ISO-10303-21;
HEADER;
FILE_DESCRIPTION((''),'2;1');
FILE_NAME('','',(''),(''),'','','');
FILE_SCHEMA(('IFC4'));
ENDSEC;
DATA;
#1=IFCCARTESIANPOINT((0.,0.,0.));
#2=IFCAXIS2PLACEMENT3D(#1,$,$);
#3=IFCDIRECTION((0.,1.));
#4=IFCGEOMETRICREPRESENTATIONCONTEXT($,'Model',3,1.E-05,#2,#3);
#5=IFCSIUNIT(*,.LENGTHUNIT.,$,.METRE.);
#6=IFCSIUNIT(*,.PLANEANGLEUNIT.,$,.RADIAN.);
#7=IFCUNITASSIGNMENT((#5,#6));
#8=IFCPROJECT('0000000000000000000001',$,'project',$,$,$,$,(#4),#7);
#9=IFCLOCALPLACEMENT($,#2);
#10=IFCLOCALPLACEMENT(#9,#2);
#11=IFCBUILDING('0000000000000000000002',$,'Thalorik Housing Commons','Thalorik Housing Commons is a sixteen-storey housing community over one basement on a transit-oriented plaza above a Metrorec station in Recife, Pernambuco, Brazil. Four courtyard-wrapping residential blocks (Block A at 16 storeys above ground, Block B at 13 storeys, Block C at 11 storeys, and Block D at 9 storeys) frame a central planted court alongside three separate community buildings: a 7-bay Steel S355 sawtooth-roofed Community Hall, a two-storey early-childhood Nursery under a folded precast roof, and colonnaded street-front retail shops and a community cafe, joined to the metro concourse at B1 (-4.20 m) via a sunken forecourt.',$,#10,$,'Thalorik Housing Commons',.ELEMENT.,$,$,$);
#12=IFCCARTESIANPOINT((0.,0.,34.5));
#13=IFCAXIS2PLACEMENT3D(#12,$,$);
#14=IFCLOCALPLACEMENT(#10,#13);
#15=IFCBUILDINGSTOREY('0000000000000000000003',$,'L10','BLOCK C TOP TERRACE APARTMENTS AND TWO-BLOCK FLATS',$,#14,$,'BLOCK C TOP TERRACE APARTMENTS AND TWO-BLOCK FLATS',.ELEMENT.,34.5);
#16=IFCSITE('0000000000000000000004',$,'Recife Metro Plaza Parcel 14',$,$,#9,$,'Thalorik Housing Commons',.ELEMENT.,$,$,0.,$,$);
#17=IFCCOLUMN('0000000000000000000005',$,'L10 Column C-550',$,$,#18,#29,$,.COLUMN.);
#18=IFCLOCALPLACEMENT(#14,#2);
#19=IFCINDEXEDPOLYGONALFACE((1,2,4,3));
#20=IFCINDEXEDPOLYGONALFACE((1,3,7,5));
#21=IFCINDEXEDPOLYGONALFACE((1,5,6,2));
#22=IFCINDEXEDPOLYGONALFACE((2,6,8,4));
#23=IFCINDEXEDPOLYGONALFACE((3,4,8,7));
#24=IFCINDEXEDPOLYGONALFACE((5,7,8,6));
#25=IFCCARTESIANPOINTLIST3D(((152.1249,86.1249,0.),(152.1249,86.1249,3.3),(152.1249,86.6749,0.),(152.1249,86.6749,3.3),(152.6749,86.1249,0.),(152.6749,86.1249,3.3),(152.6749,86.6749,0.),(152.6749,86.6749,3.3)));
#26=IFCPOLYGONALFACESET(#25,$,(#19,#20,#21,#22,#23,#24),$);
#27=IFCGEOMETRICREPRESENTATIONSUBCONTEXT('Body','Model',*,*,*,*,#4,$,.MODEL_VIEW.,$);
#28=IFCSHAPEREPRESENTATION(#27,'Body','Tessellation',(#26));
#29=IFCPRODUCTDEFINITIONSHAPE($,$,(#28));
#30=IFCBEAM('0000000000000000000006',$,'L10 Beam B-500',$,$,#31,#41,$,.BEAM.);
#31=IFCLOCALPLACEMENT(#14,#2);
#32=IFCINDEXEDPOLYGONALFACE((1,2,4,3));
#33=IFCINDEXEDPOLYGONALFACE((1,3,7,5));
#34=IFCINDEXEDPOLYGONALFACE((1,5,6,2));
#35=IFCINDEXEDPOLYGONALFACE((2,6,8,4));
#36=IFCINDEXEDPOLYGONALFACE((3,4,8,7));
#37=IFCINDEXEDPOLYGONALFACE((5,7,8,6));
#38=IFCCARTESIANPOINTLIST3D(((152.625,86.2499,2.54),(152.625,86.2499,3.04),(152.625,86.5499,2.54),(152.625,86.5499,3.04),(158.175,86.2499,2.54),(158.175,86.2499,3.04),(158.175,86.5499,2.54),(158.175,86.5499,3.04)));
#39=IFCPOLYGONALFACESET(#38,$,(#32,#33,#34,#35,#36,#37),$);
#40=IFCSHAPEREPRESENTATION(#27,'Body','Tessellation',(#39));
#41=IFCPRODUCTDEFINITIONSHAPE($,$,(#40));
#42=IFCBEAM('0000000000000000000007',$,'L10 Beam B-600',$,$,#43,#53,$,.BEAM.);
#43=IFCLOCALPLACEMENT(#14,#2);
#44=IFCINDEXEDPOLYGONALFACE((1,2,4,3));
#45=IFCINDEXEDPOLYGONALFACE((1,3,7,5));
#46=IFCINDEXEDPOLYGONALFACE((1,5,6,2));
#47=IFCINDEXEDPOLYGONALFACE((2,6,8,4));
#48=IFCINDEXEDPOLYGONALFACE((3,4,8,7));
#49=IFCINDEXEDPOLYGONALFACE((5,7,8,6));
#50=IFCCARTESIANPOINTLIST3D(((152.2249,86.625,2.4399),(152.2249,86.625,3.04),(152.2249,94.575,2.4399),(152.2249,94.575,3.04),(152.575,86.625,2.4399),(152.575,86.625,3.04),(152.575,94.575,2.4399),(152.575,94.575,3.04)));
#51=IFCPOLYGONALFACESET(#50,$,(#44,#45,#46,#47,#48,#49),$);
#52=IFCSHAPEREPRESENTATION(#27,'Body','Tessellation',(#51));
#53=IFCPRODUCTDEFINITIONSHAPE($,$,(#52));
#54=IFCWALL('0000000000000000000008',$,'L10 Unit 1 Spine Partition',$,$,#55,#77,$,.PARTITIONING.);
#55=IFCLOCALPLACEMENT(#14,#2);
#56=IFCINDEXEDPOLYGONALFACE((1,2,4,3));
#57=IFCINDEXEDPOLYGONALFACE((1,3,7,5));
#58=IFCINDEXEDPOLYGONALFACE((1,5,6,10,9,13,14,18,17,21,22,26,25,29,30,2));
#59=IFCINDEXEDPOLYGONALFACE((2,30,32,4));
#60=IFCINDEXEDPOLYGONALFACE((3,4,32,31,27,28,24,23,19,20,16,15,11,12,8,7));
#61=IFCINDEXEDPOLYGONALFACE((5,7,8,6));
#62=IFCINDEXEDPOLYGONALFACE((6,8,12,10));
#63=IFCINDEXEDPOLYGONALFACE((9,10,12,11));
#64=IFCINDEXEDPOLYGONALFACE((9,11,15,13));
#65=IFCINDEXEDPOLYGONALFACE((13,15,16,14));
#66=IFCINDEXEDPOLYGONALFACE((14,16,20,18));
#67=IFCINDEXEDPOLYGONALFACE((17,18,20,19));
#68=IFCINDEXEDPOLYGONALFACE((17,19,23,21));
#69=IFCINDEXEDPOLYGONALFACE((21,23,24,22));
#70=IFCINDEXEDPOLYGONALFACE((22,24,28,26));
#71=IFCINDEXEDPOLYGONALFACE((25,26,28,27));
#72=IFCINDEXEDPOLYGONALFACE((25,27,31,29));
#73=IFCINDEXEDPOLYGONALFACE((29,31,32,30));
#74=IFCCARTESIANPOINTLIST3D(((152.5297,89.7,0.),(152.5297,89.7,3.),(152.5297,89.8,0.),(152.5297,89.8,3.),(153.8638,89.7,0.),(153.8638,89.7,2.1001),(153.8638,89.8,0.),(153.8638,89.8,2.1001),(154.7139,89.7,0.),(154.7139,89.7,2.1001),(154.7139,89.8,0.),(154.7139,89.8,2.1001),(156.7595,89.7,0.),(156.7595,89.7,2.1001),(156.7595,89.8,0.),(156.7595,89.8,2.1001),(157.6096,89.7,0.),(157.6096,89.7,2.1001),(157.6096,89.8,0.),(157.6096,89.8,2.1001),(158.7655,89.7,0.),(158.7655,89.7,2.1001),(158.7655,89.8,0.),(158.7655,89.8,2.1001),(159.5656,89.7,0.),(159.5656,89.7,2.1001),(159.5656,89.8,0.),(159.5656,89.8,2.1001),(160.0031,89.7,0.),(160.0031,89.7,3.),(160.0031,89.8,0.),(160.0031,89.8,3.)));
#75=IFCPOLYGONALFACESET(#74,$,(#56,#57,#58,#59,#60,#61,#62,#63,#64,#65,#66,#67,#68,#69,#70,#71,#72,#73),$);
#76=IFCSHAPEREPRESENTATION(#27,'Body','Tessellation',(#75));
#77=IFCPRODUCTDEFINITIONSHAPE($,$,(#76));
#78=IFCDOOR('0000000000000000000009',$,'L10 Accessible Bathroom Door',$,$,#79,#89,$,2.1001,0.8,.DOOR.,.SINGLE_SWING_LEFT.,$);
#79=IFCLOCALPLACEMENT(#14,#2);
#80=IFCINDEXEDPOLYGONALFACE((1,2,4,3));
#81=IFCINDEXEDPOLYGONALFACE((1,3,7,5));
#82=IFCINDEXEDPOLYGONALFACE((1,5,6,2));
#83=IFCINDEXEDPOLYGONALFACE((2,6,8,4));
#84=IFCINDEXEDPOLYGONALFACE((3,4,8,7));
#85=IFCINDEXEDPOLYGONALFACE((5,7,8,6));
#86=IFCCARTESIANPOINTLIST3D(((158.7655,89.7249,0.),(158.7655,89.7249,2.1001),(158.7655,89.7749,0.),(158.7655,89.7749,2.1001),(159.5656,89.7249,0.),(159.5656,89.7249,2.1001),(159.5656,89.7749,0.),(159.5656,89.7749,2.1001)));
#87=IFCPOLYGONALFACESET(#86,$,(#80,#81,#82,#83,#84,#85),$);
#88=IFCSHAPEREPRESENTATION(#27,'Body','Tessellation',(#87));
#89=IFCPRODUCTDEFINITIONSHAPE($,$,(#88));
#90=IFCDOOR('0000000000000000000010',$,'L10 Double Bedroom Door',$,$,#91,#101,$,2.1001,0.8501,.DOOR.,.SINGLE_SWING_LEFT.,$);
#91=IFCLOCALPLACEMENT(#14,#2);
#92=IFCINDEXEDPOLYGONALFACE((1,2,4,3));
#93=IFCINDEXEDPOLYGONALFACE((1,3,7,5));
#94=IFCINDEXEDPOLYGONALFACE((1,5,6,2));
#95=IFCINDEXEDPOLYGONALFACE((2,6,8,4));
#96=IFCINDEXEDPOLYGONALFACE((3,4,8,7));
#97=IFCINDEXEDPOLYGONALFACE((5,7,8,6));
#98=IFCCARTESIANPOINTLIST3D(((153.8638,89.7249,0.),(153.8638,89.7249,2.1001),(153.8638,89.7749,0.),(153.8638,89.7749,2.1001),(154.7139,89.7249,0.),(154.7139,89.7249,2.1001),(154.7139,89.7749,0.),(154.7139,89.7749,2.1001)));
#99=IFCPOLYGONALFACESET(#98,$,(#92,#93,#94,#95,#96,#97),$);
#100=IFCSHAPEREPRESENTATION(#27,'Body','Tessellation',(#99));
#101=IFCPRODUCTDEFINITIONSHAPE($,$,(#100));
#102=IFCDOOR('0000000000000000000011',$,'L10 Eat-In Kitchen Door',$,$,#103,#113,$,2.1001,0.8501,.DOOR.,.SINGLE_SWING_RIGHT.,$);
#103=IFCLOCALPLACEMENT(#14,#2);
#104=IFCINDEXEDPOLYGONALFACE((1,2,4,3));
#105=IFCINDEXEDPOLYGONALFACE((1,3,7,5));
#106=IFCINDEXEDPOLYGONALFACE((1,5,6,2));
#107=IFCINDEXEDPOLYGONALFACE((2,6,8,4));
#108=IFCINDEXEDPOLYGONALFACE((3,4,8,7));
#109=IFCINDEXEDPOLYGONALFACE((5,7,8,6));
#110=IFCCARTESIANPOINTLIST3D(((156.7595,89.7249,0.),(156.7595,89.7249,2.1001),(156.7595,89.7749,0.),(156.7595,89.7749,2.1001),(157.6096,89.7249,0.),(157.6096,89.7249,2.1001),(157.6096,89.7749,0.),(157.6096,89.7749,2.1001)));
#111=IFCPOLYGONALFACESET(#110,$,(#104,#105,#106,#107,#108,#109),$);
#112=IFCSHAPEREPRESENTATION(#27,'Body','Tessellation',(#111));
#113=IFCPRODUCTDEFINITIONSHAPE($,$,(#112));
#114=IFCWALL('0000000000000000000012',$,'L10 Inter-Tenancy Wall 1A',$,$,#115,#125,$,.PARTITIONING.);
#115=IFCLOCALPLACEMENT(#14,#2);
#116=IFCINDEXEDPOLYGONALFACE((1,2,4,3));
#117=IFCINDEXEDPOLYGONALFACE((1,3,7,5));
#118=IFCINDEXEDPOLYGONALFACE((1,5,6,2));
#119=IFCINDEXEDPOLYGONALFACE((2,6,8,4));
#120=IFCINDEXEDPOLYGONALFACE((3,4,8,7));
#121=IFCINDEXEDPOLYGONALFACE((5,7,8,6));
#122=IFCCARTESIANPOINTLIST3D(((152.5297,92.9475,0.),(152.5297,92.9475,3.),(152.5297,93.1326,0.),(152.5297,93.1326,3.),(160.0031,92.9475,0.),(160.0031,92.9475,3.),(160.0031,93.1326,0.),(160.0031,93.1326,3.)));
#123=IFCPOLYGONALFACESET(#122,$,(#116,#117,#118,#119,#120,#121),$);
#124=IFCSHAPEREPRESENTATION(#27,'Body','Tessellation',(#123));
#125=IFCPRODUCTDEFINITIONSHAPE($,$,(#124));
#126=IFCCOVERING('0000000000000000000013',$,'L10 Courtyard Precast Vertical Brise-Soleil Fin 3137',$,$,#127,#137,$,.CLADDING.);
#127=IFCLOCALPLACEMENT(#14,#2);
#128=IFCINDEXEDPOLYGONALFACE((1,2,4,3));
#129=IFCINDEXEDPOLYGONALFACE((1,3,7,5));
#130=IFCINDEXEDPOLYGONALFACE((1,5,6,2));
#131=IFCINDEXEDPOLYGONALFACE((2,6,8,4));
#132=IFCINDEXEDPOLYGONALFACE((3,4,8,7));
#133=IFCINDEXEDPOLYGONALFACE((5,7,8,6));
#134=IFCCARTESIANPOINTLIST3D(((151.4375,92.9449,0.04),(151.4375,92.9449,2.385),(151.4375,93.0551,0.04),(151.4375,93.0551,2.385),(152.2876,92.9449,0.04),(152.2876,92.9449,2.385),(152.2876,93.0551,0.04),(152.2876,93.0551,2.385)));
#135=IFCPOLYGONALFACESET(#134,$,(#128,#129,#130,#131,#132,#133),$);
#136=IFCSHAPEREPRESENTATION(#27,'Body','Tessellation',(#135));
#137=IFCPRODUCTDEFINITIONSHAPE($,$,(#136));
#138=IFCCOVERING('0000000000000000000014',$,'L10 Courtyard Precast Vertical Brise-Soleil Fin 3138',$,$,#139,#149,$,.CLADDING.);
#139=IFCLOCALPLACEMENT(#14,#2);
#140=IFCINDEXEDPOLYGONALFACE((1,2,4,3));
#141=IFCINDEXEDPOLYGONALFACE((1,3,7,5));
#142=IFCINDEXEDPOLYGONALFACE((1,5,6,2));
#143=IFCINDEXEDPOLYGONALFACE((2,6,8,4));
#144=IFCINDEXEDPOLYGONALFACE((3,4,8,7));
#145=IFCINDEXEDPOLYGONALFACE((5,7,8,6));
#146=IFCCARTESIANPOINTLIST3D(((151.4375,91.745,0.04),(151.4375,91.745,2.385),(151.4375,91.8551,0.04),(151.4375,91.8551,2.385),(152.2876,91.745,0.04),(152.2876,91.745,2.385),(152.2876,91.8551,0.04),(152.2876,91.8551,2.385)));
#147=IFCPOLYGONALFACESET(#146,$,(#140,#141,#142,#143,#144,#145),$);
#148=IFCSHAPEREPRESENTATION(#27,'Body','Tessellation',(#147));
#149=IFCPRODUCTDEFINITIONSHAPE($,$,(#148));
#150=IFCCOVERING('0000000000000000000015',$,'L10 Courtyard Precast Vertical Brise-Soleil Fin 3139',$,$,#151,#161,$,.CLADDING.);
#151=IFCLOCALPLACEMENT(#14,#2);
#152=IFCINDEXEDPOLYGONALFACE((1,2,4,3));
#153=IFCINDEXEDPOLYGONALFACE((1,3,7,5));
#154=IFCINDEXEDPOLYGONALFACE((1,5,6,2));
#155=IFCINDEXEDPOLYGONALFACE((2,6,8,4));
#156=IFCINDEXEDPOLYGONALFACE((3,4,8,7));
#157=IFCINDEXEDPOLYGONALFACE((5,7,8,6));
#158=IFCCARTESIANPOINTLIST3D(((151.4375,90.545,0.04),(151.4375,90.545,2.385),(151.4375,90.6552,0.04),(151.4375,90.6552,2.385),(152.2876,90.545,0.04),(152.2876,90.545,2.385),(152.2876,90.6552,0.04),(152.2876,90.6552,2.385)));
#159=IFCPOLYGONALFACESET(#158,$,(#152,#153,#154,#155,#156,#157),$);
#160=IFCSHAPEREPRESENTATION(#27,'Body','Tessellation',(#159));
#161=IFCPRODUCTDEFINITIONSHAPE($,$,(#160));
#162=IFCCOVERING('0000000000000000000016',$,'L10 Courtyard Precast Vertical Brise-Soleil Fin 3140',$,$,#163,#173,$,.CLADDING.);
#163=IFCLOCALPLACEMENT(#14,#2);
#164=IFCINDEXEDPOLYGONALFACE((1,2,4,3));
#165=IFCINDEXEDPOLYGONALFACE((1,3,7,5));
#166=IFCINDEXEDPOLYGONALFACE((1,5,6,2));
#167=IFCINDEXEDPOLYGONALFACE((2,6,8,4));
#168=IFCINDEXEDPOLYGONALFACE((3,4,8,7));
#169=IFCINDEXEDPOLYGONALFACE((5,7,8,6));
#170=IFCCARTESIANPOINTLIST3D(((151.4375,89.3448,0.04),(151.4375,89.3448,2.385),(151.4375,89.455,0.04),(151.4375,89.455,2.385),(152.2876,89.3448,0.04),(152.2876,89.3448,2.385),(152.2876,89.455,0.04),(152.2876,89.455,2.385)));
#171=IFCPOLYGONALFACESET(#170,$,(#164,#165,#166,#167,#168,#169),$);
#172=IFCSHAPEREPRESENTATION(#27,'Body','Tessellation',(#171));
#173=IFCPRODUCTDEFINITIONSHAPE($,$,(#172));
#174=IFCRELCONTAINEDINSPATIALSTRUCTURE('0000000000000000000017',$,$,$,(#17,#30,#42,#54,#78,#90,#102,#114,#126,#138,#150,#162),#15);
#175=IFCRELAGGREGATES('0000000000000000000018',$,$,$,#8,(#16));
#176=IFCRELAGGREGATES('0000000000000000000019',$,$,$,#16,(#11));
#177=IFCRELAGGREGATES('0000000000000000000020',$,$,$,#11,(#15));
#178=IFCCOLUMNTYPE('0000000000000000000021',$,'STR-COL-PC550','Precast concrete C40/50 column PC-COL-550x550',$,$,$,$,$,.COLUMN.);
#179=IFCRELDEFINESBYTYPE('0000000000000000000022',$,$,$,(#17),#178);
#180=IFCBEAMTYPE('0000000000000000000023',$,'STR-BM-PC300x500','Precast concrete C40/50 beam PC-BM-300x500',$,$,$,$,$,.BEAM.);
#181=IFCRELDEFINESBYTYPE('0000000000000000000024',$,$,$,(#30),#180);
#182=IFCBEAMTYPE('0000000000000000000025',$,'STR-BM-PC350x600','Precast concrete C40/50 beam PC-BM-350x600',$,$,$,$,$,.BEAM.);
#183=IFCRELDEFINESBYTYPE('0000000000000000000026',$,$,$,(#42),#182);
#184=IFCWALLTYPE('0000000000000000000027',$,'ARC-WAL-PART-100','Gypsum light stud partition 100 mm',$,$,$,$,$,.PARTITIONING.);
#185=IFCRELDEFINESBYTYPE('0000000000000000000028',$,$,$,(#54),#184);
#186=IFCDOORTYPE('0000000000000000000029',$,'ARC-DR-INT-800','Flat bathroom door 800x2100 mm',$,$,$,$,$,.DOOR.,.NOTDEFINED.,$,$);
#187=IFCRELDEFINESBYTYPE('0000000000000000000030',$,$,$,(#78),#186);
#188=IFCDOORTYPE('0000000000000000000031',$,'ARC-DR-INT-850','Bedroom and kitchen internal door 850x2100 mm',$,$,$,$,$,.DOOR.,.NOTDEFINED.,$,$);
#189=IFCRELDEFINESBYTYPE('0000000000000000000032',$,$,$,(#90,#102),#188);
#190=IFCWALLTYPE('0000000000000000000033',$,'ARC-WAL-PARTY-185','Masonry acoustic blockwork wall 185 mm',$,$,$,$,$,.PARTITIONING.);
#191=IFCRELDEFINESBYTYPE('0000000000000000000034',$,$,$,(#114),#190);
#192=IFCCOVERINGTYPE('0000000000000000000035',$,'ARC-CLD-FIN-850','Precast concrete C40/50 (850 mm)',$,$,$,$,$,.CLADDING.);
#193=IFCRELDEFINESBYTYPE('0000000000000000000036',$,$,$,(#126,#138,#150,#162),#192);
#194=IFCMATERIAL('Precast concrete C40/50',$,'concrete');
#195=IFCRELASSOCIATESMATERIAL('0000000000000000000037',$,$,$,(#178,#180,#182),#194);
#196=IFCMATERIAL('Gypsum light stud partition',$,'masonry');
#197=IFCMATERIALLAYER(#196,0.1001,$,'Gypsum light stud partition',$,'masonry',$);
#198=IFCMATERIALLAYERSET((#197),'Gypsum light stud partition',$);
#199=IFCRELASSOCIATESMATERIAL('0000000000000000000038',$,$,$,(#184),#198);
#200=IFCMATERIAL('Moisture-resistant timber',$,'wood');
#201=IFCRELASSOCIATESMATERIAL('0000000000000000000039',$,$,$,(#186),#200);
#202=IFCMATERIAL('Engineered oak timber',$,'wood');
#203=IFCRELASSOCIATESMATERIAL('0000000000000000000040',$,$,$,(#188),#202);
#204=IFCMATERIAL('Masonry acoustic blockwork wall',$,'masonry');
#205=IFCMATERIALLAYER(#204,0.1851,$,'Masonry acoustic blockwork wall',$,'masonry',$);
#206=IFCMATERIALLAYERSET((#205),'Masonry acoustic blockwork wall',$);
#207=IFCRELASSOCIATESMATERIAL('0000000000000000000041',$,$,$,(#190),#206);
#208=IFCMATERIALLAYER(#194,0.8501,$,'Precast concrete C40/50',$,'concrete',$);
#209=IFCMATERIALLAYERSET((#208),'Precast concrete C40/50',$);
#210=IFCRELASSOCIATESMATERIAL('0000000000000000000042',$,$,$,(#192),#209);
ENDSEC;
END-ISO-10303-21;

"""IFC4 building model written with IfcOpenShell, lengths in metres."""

from ifc_helpers import new_model, si_unit, direction, frame, frame_2d, origin, origin_2d, place, context, subcontext, project, spatial, rectangle, extrude, material, layer, layer_set, material_profile, profile_set, type_object, element, fill, save


model = new_model("IFC4")

# Units and contexts
model_context = context("Model", 3, precision=1e-05, world=origin(), true_north=direction((0.0, 1.0)))
body_context = subcontext(model_context, "Body", "Model", "MODEL_VIEW")
ifc_project = project(units=[si_unit("LENGTHUNIT", "METRE"), si_unit("PLANEANGLEUNIT", "RADIAN")], contexts=[model_context])

# Site, building, storey
site_placement = place(None, origin())
site = spatial("IfcSite", under=ifc_project, at=site_placement, Name="Recife Metro Plaza Parcel 14", LongName="Thalorik Housing Commons", CompositionType="ELEMENT", RefElevation=0.0)
building_placement = place(site_placement, origin())
building = spatial("IfcBuilding", under=site, at=building_placement, Name="Thalorik Housing Commons", Description="Thalorik Housing Commons is a sixteen-storey housing community over one basement on a transit-oriented plaza above a Metrorec station in Recife, Pernambuco, Brazil. Four courtyard-wrapping residential blocks (Block A at 16 storeys above ground, Block B at 13 storeys, Block C at 11 storeys, and Block D at 9 storeys) frame a central planted court alongside three separate community buildings: a 7-bay Steel S355 sawtooth-roofed Community Hall, a two-storey early-childhood Nursery under a folded precast roof, and colonnaded street-front retail shops and a community cafe, joined to the metro concourse at B1 (-4.20 m) via a sunken forecourt.", LongName="Thalorik Housing Commons", CompositionType="ELEMENT")
storey_placement = place(building_placement, frame((0.0, 0.0, 34.5)))
storey = spatial("IfcBuildingStorey", under=building, at=storey_placement, Name="L10", Description="BLOCK C TOP TERRACE APARTMENTS AND TWO-BLOCK FLATS", LongName="BLOCK C TOP TERRACE APARTMENTS AND TWO-BLOCK FLATS", CompositionType="ELEMENT", Elevation=34.5)

# Column
ifc_material_1 = material(Name="Precast concrete C40/50", Category="concrete")
ifc_material_profile_1 = material_profile(ifc_material_1, rectangle(XDim=0.55, YDim=0.55, at=origin_2d()), Name="PC 550x550", Category="concrete")
ifc_profile_set_1 = profile_set([ifc_material_profile_1], Name="Precast concrete C40/50")
column_type = type_object("IfcColumnType", Name="STR-COL-PC550", Description="Precast concrete C40/50 column PC-COL-550x550", PredefinedType="COLUMN", material=ifc_profile_set_1)
column_placement = place(storey_placement, frame((152.3999, 86.3999, 0.0), z_axis=(0.0, 0.0, 1.0), x_axis=(1.0, 0.0, 0.0)))
element("IfcColumn", 1, at=column_placement, inside=storey, type_object=column_type, Name="L10 Column C-550", PredefinedType="COLUMN", context=body_context, shape_type="SweptSolid", body=[
    extrude(rectangle(XDim=0.55, YDim=0.55, at=origin_2d()), origin(), (0.0, 0.0, 1.0), 3.3),
])

# Beams
ifc_material_profile_2 = material_profile(ifc_material_1, rectangle(XDim=0.3, YDim=0.5, at=origin_2d()), Name="PC 300x500", Category="concrete")
ifc_profile_set_2 = profile_set([ifc_material_profile_2], Name="Precast concrete C40/50")
beam_type_1 = type_object("IfcBeamType", Name="STR-BM-PC300x500", Description="Precast concrete C40/50 beam PC-BM-300x500", PredefinedType="BEAM", material=ifc_profile_set_2)
beam_1_placement = place(storey_placement, frame((152.625, 86.3999, 2.79), z_axis=(1.0, 0.0, 0.0), x_axis=(0.0, 1.0, 0.0)))
element("IfcBeam", 2, at=beam_1_placement, inside=storey, type_object=beam_type_1, Name="L10 Beam B-500", PredefinedType="BEAM", context=body_context, shape_type="SweptSolid", body=[
    extrude(rectangle(XDim=0.3, YDim=0.5, at=origin_2d()), origin(), (0.0, 0.0, 1.0), 5.55),
])
ifc_material_profile_3 = material_profile(ifc_material_1, rectangle(XDim=0.3501, YDim=0.6001, at=origin_2d()), Name="PC 350x600", Category="concrete")
ifc_profile_set_3 = profile_set([ifc_material_profile_3], Name="Precast concrete C40/50")
beam_type_2 = type_object("IfcBeamType", Name="STR-BM-PC350x600", Description="Precast concrete C40/50 beam PC-BM-350x600", PredefinedType="BEAM", material=ifc_profile_set_3)
beam_2_placement = place(storey_placement, frame((152.3999, 86.625, 2.74), z_axis=(0.0, 1.0, 0.0), x_axis=(-1.0, 0.0, 0.0)))
element("IfcBeam", 3, at=beam_2_placement, inside=storey, type_object=beam_type_2, Name="L10 Beam B-600", PredefinedType="BEAM", context=body_context, shape_type="SweptSolid", body=[
    extrude(rectangle(XDim=0.3501, YDim=0.6001, at=origin_2d()), origin(), (0.0, 0.0, 1.0), 7.95),
])

# Wall, openings, doors
ifc_material_2 = material(Name="Gypsum light stud partition", Category="masonry")
ifc_layer_1 = layer(ifc_material_2, 0.1001, Name="Gypsum light stud partition", Category="masonry")
ifc_layer_set_1 = layer_set([ifc_layer_1], Name="Gypsum light stud partition")
wall_type_1 = type_object("IfcWallType", Name="ARC-WAL-PART-100", Description="Gypsum light stud partition 100 mm", PredefinedType="PARTITIONING", material=ifc_layer_set_1)
wall_1_placement = place(storey_placement, frame((152.5295, 89.75, 0.0), z_axis=(0.0, 0.0, 1.0), x_axis=(1.0, 0.0, 0.0)))
wall_1 = element("IfcWall", 4, at=wall_1_placement, inside=storey, type_object=wall_type_1, Name="L10 Unit 1 Spine Partition", PredefinedType="PARTITIONING", context=body_context, shape_type="SweptSolid", body=[
    extrude(rectangle(XDim=7.4734, YDim=0.1001, at=frame_2d((3.7368, 0.0))), origin(), (0.0, 0.0, 1.0), 3.0),
])
opening_1_placement = place(wall_1_placement, frame((1.3342, 0.0, 0.0)))
opening_1 = element("IfcOpeningElement", 5, at=opening_1_placement, cuts=wall_1, PredefinedType="OPENING", context=body_context, shape_type="SweptSolid", body=[
    extrude(rectangle(XDim=0.8501, YDim=2.1001, at=frame_2d((0.425, 1.05))), frame((0.0, 0.0601, 0.0), z_axis=(0.0, -1.0, 0.0), x_axis=(1.0, 0.0, 0.0)), (0.0, 0.0, 1.0), 0.1201),
])
opening_2_placement = place(wall_1_placement, frame((4.23, 0.0, 0.0)))
opening_2 = element("IfcOpeningElement", 6, at=opening_2_placement, cuts=wall_1, PredefinedType="OPENING", context=body_context, shape_type="SweptSolid", body=[
    extrude(rectangle(XDim=0.8501, YDim=2.1001, at=frame_2d((0.425, 1.05))), frame((0.0, 0.0601, 0.0), z_axis=(0.0, -1.0, 0.0), x_axis=(1.0, 0.0, 0.0)), (0.0, 0.0, 1.0), 0.1201),
])
opening_3_placement = place(wall_1_placement, frame((6.2361, 0.0, 0.0)))
opening_3 = element("IfcOpeningElement", 7, at=opening_3_placement, cuts=wall_1, PredefinedType="OPENING", context=body_context, shape_type="SweptSolid", body=[
    extrude(rectangle(XDim=0.8, YDim=2.1001, at=frame_2d((0.3999, 1.05))), frame((0.0, 0.0601, 0.0), z_axis=(0.0, -1.0, 0.0), x_axis=(1.0, 0.0, 0.0)), (0.0, 0.0, 1.0), 0.1201),
])
ifc_material_3 = material(Name="Moisture-resistant timber", Category="wood")
door_type_1 = type_object("IfcDoorType", Name="ARC-DR-INT-800", Description="Flat bathroom door 800x2100 mm", OperationType="NOTDEFINED", PredefinedType="DOOR", material=ifc_material_3)
door_1_placement = place(opening_3_placement, origin())
door_1 = element("IfcDoor", 8, at=door_1_placement, inside=storey, type_object=door_type_1, Name="L10 Accessible Bathroom Door", OperationType="SINGLE_SWING_LEFT", OverallHeight=2.1001, OverallWidth=0.8, PredefinedType="DOOR", context=body_context, shape_type="SweptSolid", body=[
    extrude(rectangle(XDim=0.8, YDim=2.1001, at=frame_2d((0.3999, 1.05))), frame((0.0, 0.0249, 0.0), z_axis=(0.0, -1.0, 0.0), x_axis=(1.0, 0.0, 0.0)), (0.0, 0.0, 1.0), 0.05),
])
fill(opening_3, door_1)
ifc_material_4 = material(Name="Engineered oak timber", Category="wood")
door_type_2 = type_object("IfcDoorType", Name="ARC-DR-INT-850", Description="Bedroom and kitchen internal door 850x2100 mm", OperationType="NOTDEFINED", PredefinedType="DOOR", material=ifc_material_4)
door_2_placement = place(opening_1_placement, origin())
door_2 = element("IfcDoor", 9, at=door_2_placement, inside=storey, type_object=door_type_2, Name="L10 Double Bedroom Door", OperationType="SINGLE_SWING_LEFT", OverallHeight=2.1001, OverallWidth=0.8501, PredefinedType="DOOR", context=body_context, shape_type="SweptSolid", body=[
    extrude(rectangle(XDim=0.8501, YDim=2.1001, at=frame_2d((0.425, 1.05))), frame((0.0, 0.0249, 0.0), z_axis=(0.0, -1.0, 0.0), x_axis=(1.0, 0.0, 0.0)), (0.0, 0.0, 1.0), 0.05),
])
fill(opening_1, door_2)
door_3_placement = place(opening_2_placement, origin())
door_3 = element("IfcDoor", 10, at=door_3_placement, inside=storey, type_object=door_type_2, Name="L10 Eat-In Kitchen Door", OperationType="SINGLE_SWING_RIGHT", OverallHeight=2.1001, OverallWidth=0.8501, PredefinedType="DOOR", context=body_context, shape_type="SweptSolid", body=[
    extrude(rectangle(XDim=0.8501, YDim=2.1001, at=frame_2d((0.425, 1.05))), frame((0.0, 0.0249, 0.0), z_axis=(0.0, -1.0, 0.0), x_axis=(1.0, 0.0, 0.0)), (0.0, 0.0, 1.0), 0.05),
])
fill(opening_2, door_3)

# Wall
ifc_material_5 = material(Name="Masonry acoustic blockwork wall", Category="masonry")
ifc_layer_2 = layer(ifc_material_5, 0.1851, Name="Masonry acoustic blockwork wall", Category="masonry")
ifc_layer_set_2 = layer_set([ifc_layer_2], Name="Masonry acoustic blockwork wall")
wall_type_2 = type_object("IfcWallType", Name="ARC-WAL-PARTY-185", Description="Masonry acoustic blockwork wall 185 mm", PredefinedType="PARTITIONING", material=ifc_layer_set_2)
wall_2_placement = place(storey_placement, frame((152.5295, 93.04, 0.0), z_axis=(0.0, 0.0, 1.0), x_axis=(1.0, 0.0, 0.0)))
element("IfcWall", 11, at=wall_2_placement, inside=storey, type_object=wall_type_2, Name="L10 Inter-Tenancy Wall 1A", PredefinedType="PARTITIONING", context=body_context, shape_type="SweptSolid", body=[
    extrude(rectangle(XDim=7.4734, YDim=0.1851, at=frame_2d((3.7368, 0.0))), origin(), (0.0, 0.0, 1.0), 3.0),
])

# Coverings
ifc_layer_3 = layer(ifc_material_1, 0.8501, Name="Precast concrete C40/50", Category="concrete")
ifc_layer_set_3 = layer_set([ifc_layer_3], Name="Precast concrete C40/50")
covering_type_1 = type_object("IfcCoveringType", Name="ARC-CLD-FIN-850", Description="Precast concrete C40/50 (850 mm)", PredefinedType="CLADDING", material=ifc_layer_set_3)
for number, where, z_axis, x_axis, name in (
    (12, (151.8625, 93.0, 0.04), (0.0, 0.0, 1.0), (0.0, -1.0, 0.0), "L10 Courtyard Precast Vertical Brise-Soleil Fin 3137"),
    (13, (151.8625, 91.8, 0.04), (0.0, 0.0, 1.0), (0.0, -1.0, 0.0), "L10 Courtyard Precast Vertical Brise-Soleil Fin 3138"),
    (14, (151.8625, 90.6001, 0.04), (0.0, 0.0, 1.0), (0.0, -1.0, 0.0), "L10 Courtyard Precast Vertical Brise-Soleil Fin 3139"),
    (15, (151.8625, 89.3999, 0.04), (0.0, 0.0, 1.0), (0.0, -1.0, 0.0), "L10 Courtyard Precast Vertical Brise-Soleil Fin 3140"),
):
    element("IfcCovering", number, at=place(storey_placement, frame(where, z_axis=z_axis, x_axis=x_axis)), inside=storey, type_object=covering_type_1, Name=name, PredefinedType="CLADDING", context=body_context, shape_type="SweptSolid", body=[
        extrude(rectangle(XDim=0.1101, YDim=0.8501, at=origin_2d()), origin(), (0.0, 0.0, 1.0), 2.345),
    ])

save(model, "model.ifc")
